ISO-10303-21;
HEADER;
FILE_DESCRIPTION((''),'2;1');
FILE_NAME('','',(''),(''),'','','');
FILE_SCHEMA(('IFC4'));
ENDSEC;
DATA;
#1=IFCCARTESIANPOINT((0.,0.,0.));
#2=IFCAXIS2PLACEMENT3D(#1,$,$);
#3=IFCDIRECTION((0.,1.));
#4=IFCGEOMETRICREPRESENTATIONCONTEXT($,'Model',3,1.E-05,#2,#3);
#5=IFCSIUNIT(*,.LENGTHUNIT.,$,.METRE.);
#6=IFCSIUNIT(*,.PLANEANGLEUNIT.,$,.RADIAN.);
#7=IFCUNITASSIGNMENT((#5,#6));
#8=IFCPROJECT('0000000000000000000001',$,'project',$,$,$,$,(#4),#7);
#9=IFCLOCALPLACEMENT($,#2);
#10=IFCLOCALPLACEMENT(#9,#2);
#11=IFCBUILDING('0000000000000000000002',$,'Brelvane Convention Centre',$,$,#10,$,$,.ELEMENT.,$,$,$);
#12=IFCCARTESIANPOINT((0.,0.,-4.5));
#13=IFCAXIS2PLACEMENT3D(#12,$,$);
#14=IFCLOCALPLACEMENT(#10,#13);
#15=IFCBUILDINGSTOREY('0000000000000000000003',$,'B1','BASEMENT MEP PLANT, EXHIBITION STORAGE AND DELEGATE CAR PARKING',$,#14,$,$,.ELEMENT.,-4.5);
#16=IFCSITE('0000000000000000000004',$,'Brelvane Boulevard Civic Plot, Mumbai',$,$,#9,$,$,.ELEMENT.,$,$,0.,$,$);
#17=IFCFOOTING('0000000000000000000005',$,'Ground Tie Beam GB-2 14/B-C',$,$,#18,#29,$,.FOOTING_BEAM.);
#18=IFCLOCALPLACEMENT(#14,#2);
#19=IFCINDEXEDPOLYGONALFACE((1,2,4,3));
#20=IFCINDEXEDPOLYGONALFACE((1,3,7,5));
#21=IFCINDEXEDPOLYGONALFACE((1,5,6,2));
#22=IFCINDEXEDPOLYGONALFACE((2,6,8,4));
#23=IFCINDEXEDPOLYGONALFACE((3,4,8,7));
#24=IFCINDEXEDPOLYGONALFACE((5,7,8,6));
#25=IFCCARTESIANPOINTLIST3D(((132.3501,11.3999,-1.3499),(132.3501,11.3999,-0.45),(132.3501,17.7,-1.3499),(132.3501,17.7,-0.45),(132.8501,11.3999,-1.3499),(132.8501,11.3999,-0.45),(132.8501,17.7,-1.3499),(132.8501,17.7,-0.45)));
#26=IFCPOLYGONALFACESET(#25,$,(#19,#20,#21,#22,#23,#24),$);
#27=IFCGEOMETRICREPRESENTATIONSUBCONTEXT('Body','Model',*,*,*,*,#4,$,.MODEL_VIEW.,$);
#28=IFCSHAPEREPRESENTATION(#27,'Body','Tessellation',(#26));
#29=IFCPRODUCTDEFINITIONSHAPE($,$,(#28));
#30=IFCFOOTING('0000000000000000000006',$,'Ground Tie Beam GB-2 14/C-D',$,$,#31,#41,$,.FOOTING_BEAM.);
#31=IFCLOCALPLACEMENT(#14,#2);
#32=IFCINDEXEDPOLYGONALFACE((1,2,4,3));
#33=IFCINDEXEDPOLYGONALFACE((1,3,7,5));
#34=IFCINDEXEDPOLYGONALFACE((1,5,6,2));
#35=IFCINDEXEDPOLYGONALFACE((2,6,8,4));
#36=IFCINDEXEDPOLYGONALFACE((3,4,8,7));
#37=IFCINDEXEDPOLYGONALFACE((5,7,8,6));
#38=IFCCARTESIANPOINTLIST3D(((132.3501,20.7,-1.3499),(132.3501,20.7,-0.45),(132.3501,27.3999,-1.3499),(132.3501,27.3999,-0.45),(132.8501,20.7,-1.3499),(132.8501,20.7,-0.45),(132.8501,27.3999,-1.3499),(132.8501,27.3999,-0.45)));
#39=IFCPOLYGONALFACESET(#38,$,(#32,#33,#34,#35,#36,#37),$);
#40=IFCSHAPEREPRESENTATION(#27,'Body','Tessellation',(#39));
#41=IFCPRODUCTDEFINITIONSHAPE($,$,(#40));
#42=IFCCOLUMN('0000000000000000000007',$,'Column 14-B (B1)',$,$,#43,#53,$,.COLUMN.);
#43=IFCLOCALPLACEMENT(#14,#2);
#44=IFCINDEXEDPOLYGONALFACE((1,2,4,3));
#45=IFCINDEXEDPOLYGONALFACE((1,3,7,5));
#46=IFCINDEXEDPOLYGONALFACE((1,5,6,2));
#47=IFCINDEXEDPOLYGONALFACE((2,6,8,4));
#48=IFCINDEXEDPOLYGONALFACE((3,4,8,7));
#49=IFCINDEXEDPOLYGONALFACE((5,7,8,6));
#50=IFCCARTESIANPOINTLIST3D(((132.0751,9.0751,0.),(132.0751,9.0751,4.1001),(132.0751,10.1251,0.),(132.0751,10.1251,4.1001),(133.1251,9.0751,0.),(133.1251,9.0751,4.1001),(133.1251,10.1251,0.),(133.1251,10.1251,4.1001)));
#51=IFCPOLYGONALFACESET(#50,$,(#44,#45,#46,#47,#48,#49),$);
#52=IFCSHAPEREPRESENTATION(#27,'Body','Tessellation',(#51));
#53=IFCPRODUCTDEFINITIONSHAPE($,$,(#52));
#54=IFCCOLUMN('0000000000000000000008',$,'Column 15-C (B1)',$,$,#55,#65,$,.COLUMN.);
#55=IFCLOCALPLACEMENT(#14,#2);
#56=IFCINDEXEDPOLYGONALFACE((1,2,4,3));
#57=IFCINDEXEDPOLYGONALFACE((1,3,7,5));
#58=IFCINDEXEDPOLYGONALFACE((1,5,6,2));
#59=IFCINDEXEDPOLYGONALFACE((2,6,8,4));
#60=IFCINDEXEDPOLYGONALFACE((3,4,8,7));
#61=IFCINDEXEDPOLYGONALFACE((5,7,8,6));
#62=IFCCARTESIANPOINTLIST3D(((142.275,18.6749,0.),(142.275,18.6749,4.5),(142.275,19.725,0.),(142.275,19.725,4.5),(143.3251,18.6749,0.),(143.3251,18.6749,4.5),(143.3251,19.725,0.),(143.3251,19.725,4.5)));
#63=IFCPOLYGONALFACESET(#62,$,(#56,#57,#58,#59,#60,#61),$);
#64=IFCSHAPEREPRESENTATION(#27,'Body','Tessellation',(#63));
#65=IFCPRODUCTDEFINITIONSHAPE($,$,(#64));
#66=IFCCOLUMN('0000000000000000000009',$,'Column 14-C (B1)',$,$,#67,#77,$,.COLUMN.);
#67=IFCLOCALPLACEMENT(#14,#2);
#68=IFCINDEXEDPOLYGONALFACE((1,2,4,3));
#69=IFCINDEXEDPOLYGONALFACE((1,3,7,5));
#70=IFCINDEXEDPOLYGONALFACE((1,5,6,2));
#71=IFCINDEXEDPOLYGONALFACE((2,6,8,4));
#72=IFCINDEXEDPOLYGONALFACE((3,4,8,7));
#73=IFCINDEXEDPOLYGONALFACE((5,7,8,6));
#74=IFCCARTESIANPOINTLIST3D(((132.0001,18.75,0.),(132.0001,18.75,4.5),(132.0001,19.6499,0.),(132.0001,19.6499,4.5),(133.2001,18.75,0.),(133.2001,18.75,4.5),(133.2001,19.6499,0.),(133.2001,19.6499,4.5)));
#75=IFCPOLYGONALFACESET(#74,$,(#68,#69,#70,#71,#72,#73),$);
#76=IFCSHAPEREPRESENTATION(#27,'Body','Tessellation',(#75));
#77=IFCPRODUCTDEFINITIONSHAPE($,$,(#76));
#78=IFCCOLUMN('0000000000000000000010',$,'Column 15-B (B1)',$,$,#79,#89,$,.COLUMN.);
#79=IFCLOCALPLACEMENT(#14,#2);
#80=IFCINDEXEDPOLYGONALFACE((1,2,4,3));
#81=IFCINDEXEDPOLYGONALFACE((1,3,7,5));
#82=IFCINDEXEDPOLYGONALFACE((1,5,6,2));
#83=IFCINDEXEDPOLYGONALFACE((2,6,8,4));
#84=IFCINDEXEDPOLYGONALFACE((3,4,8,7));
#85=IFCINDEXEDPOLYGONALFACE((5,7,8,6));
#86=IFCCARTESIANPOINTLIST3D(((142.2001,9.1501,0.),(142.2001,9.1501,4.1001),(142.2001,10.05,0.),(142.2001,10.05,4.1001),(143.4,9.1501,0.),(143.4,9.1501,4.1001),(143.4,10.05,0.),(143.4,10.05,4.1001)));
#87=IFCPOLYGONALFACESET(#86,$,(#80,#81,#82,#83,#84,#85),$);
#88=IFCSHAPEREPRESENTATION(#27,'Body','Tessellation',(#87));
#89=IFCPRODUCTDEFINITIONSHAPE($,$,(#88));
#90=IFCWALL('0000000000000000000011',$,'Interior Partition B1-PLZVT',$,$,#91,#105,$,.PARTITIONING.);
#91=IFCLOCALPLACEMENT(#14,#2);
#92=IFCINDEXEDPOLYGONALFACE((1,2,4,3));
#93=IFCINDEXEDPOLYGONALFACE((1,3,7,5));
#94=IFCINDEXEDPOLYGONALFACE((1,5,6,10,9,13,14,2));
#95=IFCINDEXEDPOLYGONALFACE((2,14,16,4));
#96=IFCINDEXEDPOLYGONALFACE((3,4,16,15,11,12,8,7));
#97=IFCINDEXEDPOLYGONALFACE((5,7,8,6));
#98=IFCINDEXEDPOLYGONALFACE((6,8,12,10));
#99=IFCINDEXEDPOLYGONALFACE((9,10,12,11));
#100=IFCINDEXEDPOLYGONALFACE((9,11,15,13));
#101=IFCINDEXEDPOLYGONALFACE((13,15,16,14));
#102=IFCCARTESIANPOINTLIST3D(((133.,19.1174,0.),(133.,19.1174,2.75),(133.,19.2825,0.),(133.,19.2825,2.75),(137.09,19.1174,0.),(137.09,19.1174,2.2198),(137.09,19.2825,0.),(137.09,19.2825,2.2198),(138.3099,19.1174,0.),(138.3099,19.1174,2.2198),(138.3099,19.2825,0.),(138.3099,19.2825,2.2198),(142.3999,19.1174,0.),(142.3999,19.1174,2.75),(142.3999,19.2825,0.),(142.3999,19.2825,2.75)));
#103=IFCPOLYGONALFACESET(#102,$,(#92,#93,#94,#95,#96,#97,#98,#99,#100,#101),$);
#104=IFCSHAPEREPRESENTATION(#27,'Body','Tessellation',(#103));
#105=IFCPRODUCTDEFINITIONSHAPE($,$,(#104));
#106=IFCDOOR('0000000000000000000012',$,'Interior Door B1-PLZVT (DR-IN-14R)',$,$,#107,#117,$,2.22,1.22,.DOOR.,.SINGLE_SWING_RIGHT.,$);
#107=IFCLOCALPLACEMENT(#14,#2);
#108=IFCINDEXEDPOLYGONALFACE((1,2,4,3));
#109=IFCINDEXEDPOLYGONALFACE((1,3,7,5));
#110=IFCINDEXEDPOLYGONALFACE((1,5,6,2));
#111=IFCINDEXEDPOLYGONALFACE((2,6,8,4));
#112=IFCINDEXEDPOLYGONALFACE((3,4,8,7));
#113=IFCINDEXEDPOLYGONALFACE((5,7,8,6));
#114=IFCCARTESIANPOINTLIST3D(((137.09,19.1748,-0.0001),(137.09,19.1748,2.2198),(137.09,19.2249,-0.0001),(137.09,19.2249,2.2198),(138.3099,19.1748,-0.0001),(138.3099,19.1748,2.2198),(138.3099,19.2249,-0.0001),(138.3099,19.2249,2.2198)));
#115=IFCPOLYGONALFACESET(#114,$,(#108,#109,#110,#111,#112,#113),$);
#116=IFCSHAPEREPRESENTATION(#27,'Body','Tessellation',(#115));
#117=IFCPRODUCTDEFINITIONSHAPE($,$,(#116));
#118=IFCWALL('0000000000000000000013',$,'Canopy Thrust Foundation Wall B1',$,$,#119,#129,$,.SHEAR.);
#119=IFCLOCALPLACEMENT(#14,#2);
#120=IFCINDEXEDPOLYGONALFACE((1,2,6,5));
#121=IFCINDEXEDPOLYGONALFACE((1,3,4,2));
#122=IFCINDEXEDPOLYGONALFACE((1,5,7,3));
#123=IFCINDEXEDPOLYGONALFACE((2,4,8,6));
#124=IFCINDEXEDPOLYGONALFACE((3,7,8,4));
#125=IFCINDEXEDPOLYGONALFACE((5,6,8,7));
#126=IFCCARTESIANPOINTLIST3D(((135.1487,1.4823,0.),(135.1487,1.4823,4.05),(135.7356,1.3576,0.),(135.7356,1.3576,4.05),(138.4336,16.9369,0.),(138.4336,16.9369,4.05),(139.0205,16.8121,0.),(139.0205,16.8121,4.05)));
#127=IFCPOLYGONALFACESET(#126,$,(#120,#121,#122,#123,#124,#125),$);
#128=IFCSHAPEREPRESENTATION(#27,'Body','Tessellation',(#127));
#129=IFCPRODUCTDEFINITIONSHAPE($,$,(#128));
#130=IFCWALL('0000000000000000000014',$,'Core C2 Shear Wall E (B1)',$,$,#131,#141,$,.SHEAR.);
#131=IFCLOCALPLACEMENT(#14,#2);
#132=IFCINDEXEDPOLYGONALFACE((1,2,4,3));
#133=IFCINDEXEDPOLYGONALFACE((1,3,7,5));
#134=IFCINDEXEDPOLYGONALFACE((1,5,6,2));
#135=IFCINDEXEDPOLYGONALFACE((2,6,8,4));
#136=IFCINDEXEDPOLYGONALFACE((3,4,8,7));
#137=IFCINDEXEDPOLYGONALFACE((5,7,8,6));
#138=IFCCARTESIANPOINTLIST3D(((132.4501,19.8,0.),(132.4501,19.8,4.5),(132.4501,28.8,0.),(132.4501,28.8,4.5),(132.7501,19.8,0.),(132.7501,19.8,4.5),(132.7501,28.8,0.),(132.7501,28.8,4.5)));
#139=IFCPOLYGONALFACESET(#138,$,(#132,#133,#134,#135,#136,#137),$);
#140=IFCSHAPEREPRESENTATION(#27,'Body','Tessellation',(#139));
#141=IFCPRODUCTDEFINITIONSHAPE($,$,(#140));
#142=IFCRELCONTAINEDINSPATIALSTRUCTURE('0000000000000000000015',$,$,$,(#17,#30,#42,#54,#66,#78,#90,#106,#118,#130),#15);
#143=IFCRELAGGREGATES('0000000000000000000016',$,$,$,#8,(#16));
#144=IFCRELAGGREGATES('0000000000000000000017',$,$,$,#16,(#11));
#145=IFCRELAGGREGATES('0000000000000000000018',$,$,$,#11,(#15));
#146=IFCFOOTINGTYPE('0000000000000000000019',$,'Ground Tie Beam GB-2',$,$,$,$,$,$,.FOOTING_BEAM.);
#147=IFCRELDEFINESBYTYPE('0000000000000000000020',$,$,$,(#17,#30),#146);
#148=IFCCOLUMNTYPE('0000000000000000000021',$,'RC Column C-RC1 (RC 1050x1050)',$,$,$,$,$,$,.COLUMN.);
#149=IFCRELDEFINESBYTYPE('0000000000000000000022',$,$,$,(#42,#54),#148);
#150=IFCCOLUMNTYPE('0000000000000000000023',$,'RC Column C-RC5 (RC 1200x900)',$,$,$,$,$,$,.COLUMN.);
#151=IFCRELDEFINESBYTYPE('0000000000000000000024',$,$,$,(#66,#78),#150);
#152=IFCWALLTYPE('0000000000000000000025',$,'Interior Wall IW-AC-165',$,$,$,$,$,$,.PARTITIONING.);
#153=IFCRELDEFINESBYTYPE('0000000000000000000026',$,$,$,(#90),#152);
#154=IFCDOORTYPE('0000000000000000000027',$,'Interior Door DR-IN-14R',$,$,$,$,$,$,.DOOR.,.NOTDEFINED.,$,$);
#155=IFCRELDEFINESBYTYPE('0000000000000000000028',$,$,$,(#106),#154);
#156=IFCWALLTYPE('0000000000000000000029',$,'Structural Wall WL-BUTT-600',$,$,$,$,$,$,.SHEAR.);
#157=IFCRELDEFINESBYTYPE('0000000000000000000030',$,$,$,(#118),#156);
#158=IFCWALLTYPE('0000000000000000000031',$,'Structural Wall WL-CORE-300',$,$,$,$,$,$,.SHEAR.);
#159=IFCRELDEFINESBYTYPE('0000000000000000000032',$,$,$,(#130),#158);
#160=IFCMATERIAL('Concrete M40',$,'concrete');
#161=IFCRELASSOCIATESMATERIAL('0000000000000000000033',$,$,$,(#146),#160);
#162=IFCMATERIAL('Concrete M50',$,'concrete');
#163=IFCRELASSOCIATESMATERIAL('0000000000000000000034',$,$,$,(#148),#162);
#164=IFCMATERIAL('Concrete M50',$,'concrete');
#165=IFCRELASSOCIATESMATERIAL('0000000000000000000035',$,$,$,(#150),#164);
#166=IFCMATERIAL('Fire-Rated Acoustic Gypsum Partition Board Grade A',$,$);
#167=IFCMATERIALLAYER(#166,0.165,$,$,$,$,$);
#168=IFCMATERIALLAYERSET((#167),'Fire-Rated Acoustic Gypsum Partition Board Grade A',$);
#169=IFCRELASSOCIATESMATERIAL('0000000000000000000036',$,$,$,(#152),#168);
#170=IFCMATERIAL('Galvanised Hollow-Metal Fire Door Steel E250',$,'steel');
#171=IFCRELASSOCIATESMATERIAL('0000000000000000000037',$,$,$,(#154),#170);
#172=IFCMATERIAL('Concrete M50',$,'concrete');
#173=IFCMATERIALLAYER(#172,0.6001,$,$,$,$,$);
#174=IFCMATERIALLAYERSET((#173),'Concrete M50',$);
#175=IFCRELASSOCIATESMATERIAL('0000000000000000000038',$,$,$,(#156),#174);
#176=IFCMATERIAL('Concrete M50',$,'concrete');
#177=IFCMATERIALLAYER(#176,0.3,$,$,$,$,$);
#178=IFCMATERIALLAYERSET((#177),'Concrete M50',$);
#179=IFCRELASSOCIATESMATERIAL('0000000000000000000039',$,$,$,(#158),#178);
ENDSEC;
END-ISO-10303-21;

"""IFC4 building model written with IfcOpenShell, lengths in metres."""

from ifc_helpers import new_model, si_unit, direction, frame, frame_2d, origin, origin_2d, place, context, subcontext, project, spatial, rectangle, extrude, material, layer, layer_set, material_profile, profile_set, type_object, element, fill, save


model = new_model("IFC4")

# Units and contexts
model_context = context("Model", 3, precision=1e-05, world=origin(), true_north=direction((0.0, 1.0)))
body_context = subcontext(model_context, "Body", "Model", "MODEL_VIEW")
ifc_project = project(units=[si_unit("LENGTHUNIT", "METRE"), si_unit("PLANEANGLEUNIT", "RADIAN")], contexts=[model_context])

# Site, building, storey
site_placement = place(None, origin())
site = spatial("IfcSite", under=ifc_project, at=site_placement, Name="Brelvane Boulevard Civic Plot, Mumbai", CompositionType="ELEMENT", RefElevation=0.0)
building_placement = place(site_placement, origin())
building = spatial("IfcBuilding", under=site, at=building_placement, Name="Brelvane Convention Centre", CompositionType="ELEMENT")
storey_placement = place(building_placement, frame((0.0, 0.0, -4.5)))
storey = spatial("IfcBuildingStorey", under=building, at=storey_placement, Name="B1", Description="BASEMENT MEP PLANT, EXHIBITION STORAGE AND DELEGATE CAR PARKING", CompositionType="ELEMENT", Elevation=-4.5)

# Footings
ifc_material_1 = material(Name="Concrete M40", Category="concrete")
ifc_material_profile_1 = material_profile(ifc_material_1, rectangle(XDim=0.5, YDim=0.8999, at=origin_2d()), Name="RC 500x900")
ifc_profile_set_1 = profile_set([ifc_material_profile_1], Name="Concrete M40")
footing_type_1 = type_object("IfcFootingType", Name="Ground Tie Beam GB-2", PredefinedType="FOOTING_BEAM", material=ifc_profile_set_1)
footing_1_placement = place(storey_placement, frame((132.6001, 11.3999, -0.8999), z_axis=(0.0, 1.0, 0.0), x_axis=(-1.0, 0.0, 0.0)))
element("IfcFooting", 1, at=footing_1_placement, inside=storey, type_object=footing_type_1, Name="Ground Tie Beam GB-2 14/B-C", PredefinedType="FOOTING_BEAM", context=body_context, shape_type="SweptSolid", body=[
    extrude(rectangle(XDim=0.5, YDim=0.8999, at=origin_2d()), origin(), (0.0, 0.0, 1.0), 6.3),
])
footing_2_placement = place(storey_placement, frame((132.6001, 20.7, -0.8999), z_axis=(0.0, 1.0, 0.0), x_axis=(-1.0, 0.0, 0.0)))
element("IfcFooting", 2, at=footing_2_placement, inside=storey, type_object=footing_type_1, Name="Ground Tie Beam GB-2 14/C-D", PredefinedType="FOOTING_BEAM", context=body_context, shape_type="SweptSolid", body=[
    extrude(rectangle(XDim=0.5, YDim=0.8999, at=origin_2d()), origin(), (0.0, 0.0, 1.0), 6.7),
])

# Columns
ifc_material_2 = material(Name="Concrete M50", Category="concrete")
ifc_material_profile_2 = material_profile(ifc_material_2, rectangle(XDim=1.05, YDim=1.05, at=origin_2d()), Name="RC 1050x1050")
ifc_profile_set_2 = profile_set([ifc_material_profile_2], Name="Concrete M50")
column_type_1 = type_object("IfcColumnType", Name="RC Column C-RC1 (RC 1050x1050)", PredefinedType="COLUMN", material=ifc_profile_set_2)
column_1_placement = place(storey_placement, frame((132.6001, 9.6001, 0.0), z_axis=(0.0, 0.0, 1.0), x_axis=(1.0, 0.0, 0.0)))
element("IfcColumn", 3, at=column_1_placement, inside=storey, type_object=column_type_1, Name="Column 14-B (B1)", PredefinedType="COLUMN", context=body_context, shape_type="SweptSolid", body=[
    extrude(rectangle(XDim=1.05, YDim=1.05, at=origin_2d()), origin(), (0.0, 0.0, 1.0), 4.1001),
])
column_2_placement = place(storey_placement, frame((142.8, 19.2, 0.0), z_axis=(0.0, 0.0, 1.0), x_axis=(1.0, 0.0, 0.0)))
element("IfcColumn", 4, at=column_2_placement, inside=storey, type_object=column_type_1, Name="Column 15-C (B1)", PredefinedType="COLUMN", context=body_context, shape_type="SweptSolid", body=[
    extrude(rectangle(XDim=1.05, YDim=1.05, at=origin_2d()), origin(), (0.0, 0.0, 1.0), 4.5),
])
ifc_material_3 = material(Name="Concrete M50", Category="concrete")
ifc_material_profile_3 = material_profile(ifc_material_3, rectangle(XDim=1.2, YDim=0.8999, at=origin_2d()), Name="RC 1200x900")
ifc_profile_set_3 = profile_set([ifc_material_profile_3], Name="Concrete M50")
column_type_2 = type_object("IfcColumnType", Name="RC Column C-RC5 (RC 1200x900)", PredefinedType="COLUMN", material=ifc_profile_set_3)
column_3_placement = place(storey_placement, frame((132.6001, 19.2, 0.0), z_axis=(0.0, 0.0, 1.0), x_axis=(1.0, 0.0, 0.0)))
element("IfcColumn", 5, at=column_3_placement, inside=storey, type_object=column_type_2, Name="Column 14-C (B1)", PredefinedType="COLUMN", context=body_context, shape_type="SweptSolid", body=[
    extrude(rectangle(XDim=1.2, YDim=0.8999, at=origin_2d()), origin(), (0.0, 0.0, 1.0), 4.5),
])
column_4_placement = place(storey_placement, frame((142.8, 9.6001, 0.0), z_axis=(0.0, 0.0, 1.0), x_axis=(1.0, 0.0, 0.0)))
element("IfcColumn", 6, at=column_4_placement, inside=storey, type_object=column_type_2, Name="Column 15-B (B1)", PredefinedType="COLUMN", context=body_context, shape_type="SweptSolid", body=[
    extrude(rectangle(XDim=1.2, YDim=0.8999, at=origin_2d()), origin(), (0.0, 0.0, 1.0), 4.1001),
])

# Wall, opening, door
ifc_material_4 = material(Name="Fire-Rated Acoustic Gypsum Partition Board Grade A")
ifc_layer_1 = layer(ifc_material_4, 0.165)
ifc_layer_set_1 = layer_set([ifc_layer_1], Name="Fire-Rated Acoustic Gypsum Partition Board Grade A")
wall_type_1 = type_object("IfcWallType", Name="Interior Wall IW-AC-165", PredefinedType="PARTITIONING", material=ifc_layer_set_1)
wall_1_placement = place(storey_placement, frame((133.0, 19.2, 0.0), z_axis=(0.0, 0.0, 1.0), x_axis=(1.0, 0.0, 0.0)))
wall_1 = element("IfcWall", 7, at=wall_1_placement, inside=storey, type_object=wall_type_1, Name="Interior Partition B1-PLZVT", PredefinedType="PARTITIONING", context=body_context, shape_type="SweptSolid", body=[
    extrude(rectangle(XDim=9.3999, YDim=0.165, at=frame_2d((4.7, 0.0))), origin(), (0.0, 0.0, 1.0), 2.75),
])
opening_placement = place(wall_1_placement, frame((4.0901, 0.0, 0.0)))
opening = element("IfcOpeningElement", 8, at=opening_placement, cuts=wall_1, PredefinedType="OPENING", context=body_context, shape_type="SweptSolid", body=[
    extrude(rectangle(XDim=1.22, YDim=2.22, at=frame_2d((0.6099, 1.1099))), frame((0.0, 0.0925, 0.0), z_axis=(0.0, -1.0, 0.0), x_axis=(1.0, 0.0, 0.0)), (0.0, 0.0, 1.0), 0.1851),
])
ifc_material_5 = material(Name="Galvanised Hollow-Metal Fire Door Steel E250", Category="steel")
door_type = type_object("IfcDoorType", Name="Interior Door DR-IN-14R", OperationType="NOTDEFINED", PredefinedType="DOOR", material=ifc_material_5)
door_placement = place(opening_placement, origin())
door = element("IfcDoor", 9, at=door_placement, inside=storey, type_object=door_type, Name="Interior Door B1-PLZVT (DR-IN-14R)", OperationType="SINGLE_SWING_RIGHT", OverallHeight=2.22, OverallWidth=1.22, PredefinedType="DOOR", context=body_context, shape_type="SweptSolid", body=[
    extrude(rectangle(XDim=1.22, YDim=2.22, at=frame_2d((0.6099, 1.1099))), frame((0.0, 0.0249, 0.0), z_axis=(0.0, -1.0, 0.0), x_axis=(1.0, 0.0, 0.0)), (0.0, 0.0, 1.0), 0.05),
])
fill(opening, door)

# Walls
ifc_material_6 = material(Name="Concrete M50", Category="concrete")
ifc_layer_2 = layer(ifc_material_6, 0.6001)
ifc_layer_set_2 = layer_set([ifc_layer_2], Name="Concrete M50")
wall_type_2 = type_object("IfcWallType", Name="Structural Wall WL-BUTT-600", PredefinedType="SHEAR", material=ifc_layer_set_2)
wall_2_placement = place(storey_placement, frame((138.7271, 16.8745, 0.0), z_axis=(0.0, 0.0, 1.0), x_axis=(-0.207908, -0.978148, 0.0)))
element("IfcWall", 10, at=wall_2_placement, inside=storey, type_object=wall_type_2, Name="Canopy Thrust Foundation Wall B1", PredefinedType="SHEAR", context=body_context, shape_type="SweptSolid", body=[
    extrude(rectangle(XDim=15.7998, YDim=0.6001, at=frame_2d((7.8999, 0.0))), origin(), (0.0, 0.0, 1.0), 4.05),
])
ifc_material_7 = material(Name="Concrete M50", Category="concrete")
ifc_layer_3 = layer(ifc_material_7, 0.3)
ifc_layer_set_3 = layer_set([ifc_layer_3], Name="Concrete M50")
wall_type_3 = type_object("IfcWallType", Name="Structural Wall WL-CORE-300", PredefinedType="SHEAR", material=ifc_layer_set_3)
wall_3_placement = place(storey_placement, frame((132.6001, 19.8, 0.0), z_axis=(0.0, 0.0, 1.0), x_axis=(0.0, 1.0, 0.0)))
element("IfcWall", 11, at=wall_3_placement, inside=storey, type_object=wall_type_3, Name="Core C2 Shear Wall E (B1)", PredefinedType="SHEAR", context=body_context, shape_type="SweptSolid", body=[
    extrude(rectangle(XDim=9.0, YDim=0.3, at=frame_2d((4.5, 0.0))), origin(), (0.0, 0.0, 1.0), 4.5),
])

save(model, "model.ifc")
